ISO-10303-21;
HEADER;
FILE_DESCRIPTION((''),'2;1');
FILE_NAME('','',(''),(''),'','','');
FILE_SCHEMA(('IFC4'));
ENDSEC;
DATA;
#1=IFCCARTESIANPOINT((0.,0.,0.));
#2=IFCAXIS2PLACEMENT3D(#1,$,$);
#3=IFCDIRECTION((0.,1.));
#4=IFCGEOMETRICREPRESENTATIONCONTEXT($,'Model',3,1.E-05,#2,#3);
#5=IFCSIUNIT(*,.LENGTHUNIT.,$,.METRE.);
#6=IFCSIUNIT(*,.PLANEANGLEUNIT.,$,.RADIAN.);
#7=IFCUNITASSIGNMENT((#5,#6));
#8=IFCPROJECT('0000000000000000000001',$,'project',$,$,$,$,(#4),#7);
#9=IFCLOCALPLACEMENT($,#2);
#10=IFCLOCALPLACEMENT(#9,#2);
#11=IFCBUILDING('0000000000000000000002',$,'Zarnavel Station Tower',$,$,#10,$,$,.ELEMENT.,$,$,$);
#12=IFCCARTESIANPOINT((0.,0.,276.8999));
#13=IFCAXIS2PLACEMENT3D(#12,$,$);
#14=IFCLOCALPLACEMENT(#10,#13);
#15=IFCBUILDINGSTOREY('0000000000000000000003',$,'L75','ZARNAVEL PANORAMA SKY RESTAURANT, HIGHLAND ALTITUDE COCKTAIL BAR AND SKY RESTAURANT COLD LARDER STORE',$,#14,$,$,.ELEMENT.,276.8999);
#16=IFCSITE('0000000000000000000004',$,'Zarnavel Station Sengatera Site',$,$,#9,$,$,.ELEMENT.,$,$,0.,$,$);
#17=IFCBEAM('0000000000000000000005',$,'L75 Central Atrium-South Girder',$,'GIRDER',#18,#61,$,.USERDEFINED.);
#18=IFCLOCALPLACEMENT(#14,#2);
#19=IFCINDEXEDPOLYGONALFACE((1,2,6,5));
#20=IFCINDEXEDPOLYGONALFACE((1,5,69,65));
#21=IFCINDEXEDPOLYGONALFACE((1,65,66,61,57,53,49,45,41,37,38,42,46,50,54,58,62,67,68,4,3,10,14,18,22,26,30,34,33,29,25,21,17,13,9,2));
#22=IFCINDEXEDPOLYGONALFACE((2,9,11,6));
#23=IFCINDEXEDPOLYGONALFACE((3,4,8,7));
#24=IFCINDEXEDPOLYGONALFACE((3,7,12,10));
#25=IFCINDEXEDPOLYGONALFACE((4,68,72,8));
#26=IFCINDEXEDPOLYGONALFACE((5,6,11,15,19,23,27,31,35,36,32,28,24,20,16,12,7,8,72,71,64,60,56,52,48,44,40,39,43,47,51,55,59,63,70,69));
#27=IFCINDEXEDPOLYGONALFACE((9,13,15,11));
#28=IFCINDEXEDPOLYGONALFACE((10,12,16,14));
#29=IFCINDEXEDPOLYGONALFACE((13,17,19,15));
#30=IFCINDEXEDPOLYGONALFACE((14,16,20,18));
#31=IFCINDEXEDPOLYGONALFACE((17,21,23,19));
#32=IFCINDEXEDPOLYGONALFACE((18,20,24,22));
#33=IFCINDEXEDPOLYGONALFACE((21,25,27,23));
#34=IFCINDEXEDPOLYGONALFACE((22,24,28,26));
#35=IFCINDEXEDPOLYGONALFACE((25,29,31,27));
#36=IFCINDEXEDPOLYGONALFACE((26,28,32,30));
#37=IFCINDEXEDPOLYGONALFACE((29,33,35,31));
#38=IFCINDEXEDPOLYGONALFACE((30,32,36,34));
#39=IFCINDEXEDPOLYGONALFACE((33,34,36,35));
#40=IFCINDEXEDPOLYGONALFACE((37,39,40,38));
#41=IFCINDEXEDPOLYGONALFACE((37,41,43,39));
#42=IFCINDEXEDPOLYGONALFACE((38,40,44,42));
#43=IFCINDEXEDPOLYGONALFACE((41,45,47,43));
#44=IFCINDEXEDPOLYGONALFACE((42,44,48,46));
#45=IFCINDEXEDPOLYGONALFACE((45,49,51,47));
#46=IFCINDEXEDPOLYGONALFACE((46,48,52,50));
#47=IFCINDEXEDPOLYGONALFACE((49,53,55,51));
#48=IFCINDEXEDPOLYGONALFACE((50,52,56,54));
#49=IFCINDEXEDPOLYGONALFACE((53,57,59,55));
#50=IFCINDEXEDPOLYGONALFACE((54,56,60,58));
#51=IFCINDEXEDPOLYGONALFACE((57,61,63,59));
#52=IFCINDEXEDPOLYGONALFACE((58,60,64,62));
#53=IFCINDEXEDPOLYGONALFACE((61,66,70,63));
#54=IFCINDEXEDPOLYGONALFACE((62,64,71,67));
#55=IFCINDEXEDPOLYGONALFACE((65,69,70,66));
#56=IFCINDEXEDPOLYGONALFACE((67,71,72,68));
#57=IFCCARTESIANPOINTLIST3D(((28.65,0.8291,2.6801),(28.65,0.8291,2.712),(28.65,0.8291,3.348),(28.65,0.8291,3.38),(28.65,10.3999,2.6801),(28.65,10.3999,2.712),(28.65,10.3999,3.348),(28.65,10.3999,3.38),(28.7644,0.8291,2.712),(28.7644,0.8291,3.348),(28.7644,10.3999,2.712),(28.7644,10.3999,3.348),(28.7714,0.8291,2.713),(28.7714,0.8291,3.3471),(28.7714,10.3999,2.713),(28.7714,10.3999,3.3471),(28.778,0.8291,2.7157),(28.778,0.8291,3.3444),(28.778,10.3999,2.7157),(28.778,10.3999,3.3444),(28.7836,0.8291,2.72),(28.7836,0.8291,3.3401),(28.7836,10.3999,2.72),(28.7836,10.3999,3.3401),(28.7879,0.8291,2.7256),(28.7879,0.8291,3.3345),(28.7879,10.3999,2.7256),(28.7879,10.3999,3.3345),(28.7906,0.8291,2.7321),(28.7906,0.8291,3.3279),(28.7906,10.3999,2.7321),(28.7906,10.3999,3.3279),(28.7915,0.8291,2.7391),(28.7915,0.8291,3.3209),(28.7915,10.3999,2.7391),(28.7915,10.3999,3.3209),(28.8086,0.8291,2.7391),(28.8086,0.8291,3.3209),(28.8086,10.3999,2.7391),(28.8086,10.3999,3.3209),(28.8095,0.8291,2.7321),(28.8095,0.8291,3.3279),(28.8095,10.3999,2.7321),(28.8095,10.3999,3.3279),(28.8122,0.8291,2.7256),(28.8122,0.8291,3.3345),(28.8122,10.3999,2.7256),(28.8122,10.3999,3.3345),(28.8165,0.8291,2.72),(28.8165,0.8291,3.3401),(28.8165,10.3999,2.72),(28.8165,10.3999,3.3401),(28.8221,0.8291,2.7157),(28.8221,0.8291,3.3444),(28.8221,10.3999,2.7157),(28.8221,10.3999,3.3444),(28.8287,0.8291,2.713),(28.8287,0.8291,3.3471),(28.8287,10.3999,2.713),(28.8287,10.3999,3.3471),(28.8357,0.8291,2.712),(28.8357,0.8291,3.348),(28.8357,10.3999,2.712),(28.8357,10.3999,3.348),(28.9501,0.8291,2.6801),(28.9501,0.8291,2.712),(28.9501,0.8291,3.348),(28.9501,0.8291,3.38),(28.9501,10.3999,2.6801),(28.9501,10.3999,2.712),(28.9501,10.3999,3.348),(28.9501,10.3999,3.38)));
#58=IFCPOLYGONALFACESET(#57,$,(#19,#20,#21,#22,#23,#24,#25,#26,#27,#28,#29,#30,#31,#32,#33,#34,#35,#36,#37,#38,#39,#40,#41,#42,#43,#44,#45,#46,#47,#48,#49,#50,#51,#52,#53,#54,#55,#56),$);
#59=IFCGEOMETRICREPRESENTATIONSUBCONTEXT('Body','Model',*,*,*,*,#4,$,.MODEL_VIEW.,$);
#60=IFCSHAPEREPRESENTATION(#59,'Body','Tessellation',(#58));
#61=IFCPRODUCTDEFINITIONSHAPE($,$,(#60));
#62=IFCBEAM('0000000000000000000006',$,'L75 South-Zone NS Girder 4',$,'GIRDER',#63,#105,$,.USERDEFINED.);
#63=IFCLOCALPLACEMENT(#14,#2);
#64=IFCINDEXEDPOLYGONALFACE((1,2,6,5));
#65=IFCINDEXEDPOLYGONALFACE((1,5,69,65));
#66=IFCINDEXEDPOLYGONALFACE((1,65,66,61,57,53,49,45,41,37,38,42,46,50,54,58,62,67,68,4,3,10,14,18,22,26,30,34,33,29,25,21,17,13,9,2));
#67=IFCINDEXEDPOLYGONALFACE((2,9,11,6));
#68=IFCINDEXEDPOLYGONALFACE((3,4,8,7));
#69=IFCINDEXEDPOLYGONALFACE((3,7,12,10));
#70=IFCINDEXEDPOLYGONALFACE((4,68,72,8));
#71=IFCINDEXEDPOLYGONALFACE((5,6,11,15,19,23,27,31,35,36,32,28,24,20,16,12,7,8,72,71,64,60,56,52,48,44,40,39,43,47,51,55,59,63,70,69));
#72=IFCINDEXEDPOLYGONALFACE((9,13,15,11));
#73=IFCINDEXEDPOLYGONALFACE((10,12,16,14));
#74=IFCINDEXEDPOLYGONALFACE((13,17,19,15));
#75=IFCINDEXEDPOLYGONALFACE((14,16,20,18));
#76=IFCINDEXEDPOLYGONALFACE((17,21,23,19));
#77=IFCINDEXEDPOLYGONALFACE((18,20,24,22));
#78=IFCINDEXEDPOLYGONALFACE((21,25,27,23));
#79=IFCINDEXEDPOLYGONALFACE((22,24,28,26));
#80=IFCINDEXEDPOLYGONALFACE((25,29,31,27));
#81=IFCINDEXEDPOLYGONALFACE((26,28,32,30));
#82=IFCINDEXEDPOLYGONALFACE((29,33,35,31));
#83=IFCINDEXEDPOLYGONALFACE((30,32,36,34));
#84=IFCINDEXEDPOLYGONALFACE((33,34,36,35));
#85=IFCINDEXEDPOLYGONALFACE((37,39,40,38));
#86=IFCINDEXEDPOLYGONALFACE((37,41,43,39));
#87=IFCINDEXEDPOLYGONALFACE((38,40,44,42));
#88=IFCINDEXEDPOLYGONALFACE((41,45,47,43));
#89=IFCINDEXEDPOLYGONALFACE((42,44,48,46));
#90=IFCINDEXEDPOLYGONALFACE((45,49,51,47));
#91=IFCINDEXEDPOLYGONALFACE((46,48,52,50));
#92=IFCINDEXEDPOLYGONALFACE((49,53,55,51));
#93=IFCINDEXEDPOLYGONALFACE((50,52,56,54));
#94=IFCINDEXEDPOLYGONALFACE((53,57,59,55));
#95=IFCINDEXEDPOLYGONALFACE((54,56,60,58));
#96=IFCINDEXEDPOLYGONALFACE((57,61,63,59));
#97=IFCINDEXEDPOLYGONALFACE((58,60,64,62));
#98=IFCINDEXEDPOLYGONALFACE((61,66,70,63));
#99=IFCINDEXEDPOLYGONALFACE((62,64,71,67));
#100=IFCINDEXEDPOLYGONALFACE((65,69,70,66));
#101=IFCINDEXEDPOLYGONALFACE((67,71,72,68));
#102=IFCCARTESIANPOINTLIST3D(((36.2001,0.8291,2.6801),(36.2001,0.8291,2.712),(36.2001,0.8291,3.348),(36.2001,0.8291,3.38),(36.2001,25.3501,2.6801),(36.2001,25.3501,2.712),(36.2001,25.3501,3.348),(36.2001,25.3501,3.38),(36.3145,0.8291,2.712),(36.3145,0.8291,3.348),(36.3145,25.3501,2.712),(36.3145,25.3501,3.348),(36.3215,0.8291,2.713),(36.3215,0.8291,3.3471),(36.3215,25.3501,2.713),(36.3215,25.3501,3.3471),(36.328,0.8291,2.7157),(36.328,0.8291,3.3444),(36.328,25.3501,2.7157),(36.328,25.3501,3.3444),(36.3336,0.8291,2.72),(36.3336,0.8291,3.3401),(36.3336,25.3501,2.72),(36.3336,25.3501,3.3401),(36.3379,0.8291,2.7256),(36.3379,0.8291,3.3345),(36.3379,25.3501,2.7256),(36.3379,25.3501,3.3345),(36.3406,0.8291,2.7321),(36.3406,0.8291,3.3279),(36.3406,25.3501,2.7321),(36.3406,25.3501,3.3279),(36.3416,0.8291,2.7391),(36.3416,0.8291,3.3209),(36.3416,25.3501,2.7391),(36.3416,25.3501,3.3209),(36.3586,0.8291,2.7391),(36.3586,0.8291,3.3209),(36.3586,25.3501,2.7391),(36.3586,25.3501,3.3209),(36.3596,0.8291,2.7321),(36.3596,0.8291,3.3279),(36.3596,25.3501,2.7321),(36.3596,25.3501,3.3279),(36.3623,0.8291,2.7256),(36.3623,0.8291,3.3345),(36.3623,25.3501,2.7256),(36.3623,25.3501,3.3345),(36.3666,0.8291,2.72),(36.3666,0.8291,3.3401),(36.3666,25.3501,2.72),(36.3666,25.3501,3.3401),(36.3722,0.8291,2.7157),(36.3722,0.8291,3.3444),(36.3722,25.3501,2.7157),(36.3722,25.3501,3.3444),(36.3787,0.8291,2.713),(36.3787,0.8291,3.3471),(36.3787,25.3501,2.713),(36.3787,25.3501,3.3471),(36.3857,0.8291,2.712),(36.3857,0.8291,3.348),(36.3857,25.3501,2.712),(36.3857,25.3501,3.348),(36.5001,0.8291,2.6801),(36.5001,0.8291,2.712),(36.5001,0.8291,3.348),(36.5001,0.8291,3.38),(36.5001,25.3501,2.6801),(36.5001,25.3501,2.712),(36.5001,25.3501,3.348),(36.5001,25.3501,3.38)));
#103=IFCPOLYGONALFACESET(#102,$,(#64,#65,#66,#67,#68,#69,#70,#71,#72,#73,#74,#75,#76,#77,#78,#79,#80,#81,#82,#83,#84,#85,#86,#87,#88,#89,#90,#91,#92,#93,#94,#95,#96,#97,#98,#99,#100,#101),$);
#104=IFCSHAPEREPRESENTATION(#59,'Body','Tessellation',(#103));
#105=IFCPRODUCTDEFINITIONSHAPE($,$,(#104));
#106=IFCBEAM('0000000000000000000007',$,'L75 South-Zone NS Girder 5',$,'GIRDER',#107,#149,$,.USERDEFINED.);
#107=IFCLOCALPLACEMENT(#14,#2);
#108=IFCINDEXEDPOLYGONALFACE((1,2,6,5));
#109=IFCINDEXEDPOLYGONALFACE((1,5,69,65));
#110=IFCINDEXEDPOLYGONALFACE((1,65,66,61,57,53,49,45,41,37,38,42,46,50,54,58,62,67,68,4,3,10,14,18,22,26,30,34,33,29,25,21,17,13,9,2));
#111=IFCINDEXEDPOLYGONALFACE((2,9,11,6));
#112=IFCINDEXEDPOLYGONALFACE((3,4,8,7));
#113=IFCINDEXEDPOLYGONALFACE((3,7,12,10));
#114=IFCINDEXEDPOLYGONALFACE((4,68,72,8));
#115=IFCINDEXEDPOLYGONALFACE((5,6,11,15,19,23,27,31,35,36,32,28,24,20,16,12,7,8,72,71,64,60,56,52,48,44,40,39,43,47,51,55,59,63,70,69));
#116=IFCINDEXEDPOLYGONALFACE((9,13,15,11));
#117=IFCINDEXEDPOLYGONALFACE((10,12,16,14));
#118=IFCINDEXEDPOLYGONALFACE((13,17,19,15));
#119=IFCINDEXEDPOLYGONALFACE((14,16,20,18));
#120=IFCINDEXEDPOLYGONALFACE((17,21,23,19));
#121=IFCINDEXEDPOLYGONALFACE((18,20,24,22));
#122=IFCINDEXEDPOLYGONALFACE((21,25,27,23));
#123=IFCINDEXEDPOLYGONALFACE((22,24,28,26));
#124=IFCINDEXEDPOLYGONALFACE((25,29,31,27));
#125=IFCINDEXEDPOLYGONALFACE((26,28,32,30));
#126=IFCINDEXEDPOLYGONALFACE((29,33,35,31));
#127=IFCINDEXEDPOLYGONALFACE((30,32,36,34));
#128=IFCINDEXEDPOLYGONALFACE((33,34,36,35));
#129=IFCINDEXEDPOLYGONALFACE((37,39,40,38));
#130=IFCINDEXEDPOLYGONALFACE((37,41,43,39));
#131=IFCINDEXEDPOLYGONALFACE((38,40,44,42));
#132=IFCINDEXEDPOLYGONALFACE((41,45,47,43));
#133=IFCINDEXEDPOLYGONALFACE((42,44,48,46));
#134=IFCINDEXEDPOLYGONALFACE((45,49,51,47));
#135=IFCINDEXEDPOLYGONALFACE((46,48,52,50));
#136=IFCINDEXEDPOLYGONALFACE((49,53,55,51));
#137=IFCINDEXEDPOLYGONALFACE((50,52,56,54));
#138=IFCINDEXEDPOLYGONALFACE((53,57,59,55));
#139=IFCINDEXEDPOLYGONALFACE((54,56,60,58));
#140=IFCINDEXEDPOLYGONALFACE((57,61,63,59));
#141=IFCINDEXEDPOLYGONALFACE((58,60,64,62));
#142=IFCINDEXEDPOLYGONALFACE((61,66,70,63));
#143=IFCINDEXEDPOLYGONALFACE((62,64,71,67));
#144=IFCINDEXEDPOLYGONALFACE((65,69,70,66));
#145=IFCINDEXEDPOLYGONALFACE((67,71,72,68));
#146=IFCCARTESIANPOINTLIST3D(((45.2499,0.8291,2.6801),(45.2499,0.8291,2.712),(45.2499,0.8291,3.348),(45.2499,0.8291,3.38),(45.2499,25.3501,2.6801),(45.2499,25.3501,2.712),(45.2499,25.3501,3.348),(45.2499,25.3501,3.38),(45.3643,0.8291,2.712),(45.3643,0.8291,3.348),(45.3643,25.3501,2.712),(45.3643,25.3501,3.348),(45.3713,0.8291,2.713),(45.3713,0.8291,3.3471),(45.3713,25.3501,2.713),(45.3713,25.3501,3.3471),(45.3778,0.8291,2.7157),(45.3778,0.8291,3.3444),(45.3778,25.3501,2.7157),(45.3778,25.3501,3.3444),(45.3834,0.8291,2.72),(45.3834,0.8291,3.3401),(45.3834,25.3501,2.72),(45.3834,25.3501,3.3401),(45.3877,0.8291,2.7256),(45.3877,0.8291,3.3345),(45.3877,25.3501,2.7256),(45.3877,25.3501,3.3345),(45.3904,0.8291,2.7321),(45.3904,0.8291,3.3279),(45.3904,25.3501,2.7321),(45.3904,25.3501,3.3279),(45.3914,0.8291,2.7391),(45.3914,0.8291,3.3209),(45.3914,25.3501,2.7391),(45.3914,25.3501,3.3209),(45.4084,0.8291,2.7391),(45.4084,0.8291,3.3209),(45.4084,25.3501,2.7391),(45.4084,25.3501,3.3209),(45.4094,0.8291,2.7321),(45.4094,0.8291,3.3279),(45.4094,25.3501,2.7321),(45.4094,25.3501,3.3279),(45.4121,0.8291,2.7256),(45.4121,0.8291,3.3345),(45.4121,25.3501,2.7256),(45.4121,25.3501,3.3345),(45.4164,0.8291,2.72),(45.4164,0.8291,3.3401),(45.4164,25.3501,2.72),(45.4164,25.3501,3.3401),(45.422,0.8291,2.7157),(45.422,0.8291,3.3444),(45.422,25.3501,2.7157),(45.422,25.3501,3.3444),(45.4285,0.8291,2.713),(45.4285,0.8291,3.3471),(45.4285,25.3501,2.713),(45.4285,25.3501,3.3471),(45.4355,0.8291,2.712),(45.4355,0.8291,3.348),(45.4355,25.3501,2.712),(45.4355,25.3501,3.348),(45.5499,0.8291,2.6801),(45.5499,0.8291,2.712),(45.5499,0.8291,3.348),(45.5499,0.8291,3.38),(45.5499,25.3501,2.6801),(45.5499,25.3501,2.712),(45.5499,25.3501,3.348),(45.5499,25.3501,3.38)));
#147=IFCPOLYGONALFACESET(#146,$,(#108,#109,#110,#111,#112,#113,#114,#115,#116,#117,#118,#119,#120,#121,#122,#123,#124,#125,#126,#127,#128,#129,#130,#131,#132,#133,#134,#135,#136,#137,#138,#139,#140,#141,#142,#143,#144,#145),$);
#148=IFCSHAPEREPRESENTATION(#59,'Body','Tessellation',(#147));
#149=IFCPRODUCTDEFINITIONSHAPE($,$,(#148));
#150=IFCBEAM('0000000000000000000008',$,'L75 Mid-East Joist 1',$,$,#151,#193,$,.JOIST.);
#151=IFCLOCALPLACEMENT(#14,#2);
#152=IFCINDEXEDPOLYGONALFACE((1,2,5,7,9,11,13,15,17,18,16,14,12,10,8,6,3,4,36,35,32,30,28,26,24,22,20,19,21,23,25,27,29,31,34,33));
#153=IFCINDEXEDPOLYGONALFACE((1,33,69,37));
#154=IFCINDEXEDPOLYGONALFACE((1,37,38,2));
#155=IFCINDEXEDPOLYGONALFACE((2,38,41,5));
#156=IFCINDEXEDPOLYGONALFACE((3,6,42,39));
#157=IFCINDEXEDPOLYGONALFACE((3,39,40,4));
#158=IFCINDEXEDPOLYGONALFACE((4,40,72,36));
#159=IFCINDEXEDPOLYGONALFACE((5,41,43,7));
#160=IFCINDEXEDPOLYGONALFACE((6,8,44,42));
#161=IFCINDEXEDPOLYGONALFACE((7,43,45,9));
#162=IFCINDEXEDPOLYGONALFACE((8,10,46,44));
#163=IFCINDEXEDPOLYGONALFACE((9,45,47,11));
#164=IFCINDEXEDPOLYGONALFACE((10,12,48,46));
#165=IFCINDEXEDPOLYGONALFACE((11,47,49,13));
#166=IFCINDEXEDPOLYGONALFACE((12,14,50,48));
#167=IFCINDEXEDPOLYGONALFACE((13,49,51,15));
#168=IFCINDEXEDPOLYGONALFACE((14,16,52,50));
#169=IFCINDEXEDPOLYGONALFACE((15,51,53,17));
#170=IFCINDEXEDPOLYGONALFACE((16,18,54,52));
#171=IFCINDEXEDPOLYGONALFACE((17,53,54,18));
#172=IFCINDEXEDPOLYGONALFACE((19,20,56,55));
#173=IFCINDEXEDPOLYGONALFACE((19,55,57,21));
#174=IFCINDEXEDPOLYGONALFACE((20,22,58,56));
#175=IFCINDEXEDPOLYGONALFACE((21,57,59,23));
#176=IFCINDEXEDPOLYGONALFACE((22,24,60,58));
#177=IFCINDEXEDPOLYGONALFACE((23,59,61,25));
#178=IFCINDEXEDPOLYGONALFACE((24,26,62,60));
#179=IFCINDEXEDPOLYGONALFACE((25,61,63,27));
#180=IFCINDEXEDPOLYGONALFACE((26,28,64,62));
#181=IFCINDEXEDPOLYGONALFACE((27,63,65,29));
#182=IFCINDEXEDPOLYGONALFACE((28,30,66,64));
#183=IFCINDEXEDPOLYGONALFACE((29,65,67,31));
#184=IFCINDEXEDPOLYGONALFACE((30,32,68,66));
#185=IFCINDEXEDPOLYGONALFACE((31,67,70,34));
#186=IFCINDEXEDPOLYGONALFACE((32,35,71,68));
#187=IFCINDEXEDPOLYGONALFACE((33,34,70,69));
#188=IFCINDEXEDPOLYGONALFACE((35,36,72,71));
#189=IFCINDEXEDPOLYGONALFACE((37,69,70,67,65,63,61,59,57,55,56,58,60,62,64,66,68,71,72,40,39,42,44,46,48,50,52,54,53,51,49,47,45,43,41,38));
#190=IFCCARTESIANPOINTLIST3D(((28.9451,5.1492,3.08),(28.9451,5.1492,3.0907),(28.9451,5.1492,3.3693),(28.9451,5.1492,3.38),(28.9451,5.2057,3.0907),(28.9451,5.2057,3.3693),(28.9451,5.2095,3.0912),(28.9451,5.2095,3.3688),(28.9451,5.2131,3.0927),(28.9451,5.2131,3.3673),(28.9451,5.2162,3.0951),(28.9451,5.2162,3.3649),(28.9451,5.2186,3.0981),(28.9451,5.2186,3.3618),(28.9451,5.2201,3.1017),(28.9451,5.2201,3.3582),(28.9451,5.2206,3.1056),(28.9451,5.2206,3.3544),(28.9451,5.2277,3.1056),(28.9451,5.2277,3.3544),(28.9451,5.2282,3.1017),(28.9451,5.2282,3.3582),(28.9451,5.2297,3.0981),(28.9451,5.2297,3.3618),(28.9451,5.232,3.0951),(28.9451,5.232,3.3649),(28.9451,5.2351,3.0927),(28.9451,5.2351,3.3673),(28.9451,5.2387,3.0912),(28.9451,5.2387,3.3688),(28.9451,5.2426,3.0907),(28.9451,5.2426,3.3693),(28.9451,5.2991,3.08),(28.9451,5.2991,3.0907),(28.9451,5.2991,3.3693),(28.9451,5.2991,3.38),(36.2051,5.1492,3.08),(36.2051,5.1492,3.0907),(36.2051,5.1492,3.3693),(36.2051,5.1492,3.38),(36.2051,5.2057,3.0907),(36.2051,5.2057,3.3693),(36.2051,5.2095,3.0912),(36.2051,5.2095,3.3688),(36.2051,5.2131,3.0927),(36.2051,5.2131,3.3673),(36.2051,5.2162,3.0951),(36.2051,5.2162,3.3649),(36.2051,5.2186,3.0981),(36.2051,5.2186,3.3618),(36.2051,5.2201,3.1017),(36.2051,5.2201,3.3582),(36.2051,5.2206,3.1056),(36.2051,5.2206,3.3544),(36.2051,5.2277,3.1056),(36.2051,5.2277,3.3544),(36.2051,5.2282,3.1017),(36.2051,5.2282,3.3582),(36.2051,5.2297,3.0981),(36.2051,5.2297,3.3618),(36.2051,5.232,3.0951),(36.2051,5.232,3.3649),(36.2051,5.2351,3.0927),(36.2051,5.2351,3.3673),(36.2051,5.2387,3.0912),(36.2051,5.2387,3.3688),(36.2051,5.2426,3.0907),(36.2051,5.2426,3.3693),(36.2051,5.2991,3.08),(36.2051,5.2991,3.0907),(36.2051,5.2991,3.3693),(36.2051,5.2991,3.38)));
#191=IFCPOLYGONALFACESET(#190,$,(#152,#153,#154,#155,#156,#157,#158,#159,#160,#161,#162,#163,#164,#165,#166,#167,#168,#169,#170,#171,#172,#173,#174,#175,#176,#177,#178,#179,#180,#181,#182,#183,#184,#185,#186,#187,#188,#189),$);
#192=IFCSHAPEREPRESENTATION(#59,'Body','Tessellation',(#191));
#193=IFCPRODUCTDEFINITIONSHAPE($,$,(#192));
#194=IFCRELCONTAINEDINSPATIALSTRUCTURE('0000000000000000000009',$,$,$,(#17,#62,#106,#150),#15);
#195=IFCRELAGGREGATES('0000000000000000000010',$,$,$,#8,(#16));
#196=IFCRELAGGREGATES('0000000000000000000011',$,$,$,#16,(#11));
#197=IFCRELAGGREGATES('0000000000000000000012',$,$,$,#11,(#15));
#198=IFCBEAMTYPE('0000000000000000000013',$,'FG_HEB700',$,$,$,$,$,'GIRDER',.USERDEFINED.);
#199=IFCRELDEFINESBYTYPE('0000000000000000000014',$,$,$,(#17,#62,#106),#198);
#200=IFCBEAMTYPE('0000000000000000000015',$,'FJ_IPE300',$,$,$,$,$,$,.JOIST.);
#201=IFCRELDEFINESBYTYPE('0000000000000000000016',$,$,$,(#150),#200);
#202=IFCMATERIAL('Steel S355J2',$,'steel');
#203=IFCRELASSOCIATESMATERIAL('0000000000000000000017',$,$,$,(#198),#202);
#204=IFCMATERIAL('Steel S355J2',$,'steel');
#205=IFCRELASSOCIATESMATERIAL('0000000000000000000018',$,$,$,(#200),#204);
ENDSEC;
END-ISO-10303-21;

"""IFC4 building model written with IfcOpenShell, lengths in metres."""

from ifc_helpers import new_model, si_unit, direction, frame, origin, origin_2d, place, context, subcontext, project, spatial, i_section, extrude, material, material_profile, profile_set, type_object, element, save


model = new_model("IFC4")

# Units and contexts
model_context = context("Model", 3, precision=1e-05, world=origin(), true_north=direction((0.0, 1.0)))
body_context = subcontext(model_context, "Body", "Model", "MODEL_VIEW")
ifc_project = project(units=[si_unit("LENGTHUNIT", "METRE"), si_unit("PLANEANGLEUNIT", "RADIAN")], contexts=[model_context])

# Site, building, storey
site_placement = place(None, origin())
site = spatial("IfcSite", under=ifc_project, at=site_placement, Name="Zarnavel Station Sengatera Site", CompositionType="ELEMENT", RefElevation=0.0)
building_placement = place(site_placement, origin())
building = spatial("IfcBuilding", under=site, at=building_placement, Name="Zarnavel Station Tower", CompositionType="ELEMENT")
storey_placement = place(building_placement, frame((0.0, 0.0, 276.8999)))
storey = spatial("IfcBuildingStorey", under=building, at=storey_placement, Name="L75", Description="ZARNAVEL PANORAMA SKY RESTAURANT, HIGHLAND ALTITUDE COCKTAIL BAR AND SKY RESTAURANT COLD LARDER STORE", CompositionType="ELEMENT", Elevation=276.8999)

# Beams
ifc_material_1 = material(Name="Steel S355J2", Category="steel")
ifc_material_profile_1 = material_profile(ifc_material_1, i_section(OverallWidth=0.3, OverallDepth=0.7, WebThickness=0.0171, FlangeThickness=0.032, FilletRadius=0.0271, at=origin_2d()), Name="HEB700")
ifc_profile_set_1 = profile_set([ifc_material_profile_1], Name="Steel S355J2")
beam_type_1 = type_object("IfcBeamType", Name="FG_HEB700", ElementType="GIRDER", PredefinedType="USERDEFINED", material=ifc_profile_set_1)
beam_1_placement = place(storey_placement, frame((28.8, 0.8291, 3.03), z_axis=(0.0, 1.0, 0.0), x_axis=(-1.0, 0.0, 0.0)))
element("IfcBeam", 1, at=beam_1_placement, inside=storey, type_object=beam_type_1, Name="L75 Central Atrium-South Girder", ObjectType="GIRDER", PredefinedType="USERDEFINED", context=body_context, shape_type="SweptSolid", body=[
    extrude(i_section(OverallWidth=0.3, OverallDepth=0.7, WebThickness=0.0171, FlangeThickness=0.032, FilletRadius=0.0271, at=origin_2d()), origin(), (0.0, 0.0, 1.0), 9.5708),
])
for number, where, z_axis, x_axis, name in (
    (2, (36.3501, 0.8291, 3.03), (0.0, 1.0, 0.0), (-1.0, 0.0, 0.0), "L75 South-Zone NS Girder 4"),
    (3, (45.3999, 0.8291, 3.03), (0.0, 1.0, 0.0), (-1.0, 0.0, 0.0), "L75 South-Zone NS Girder 5"),
):
    element("IfcBeam", number, at=place(storey_placement, frame(where, z_axis=z_axis, x_axis=x_axis)), inside=storey, type_object=beam_type_1, Name=name, ObjectType="GIRDER", PredefinedType="USERDEFINED", context=body_context, shape_type="SweptSolid", body=[
        extrude(i_section(OverallWidth=0.3, OverallDepth=0.7, WebThickness=0.0171, FlangeThickness=0.032, FilletRadius=0.0271, at=origin_2d()), origin(), (0.0, 0.0, 1.0), 24.521),
    ])
ifc_material_2 = material(Name="Steel S355J2", Category="steel")
ifc_material_profile_2 = material_profile(ifc_material_2, i_section(OverallWidth=0.1499, OverallDepth=0.3, WebThickness=0.0071, FlangeThickness=0.0107, FilletRadius=0.0149, at=origin_2d()), Name="IPE300")
ifc_profile_set_2 = profile_set([ifc_material_profile_2], Name="Steel S355J2")
beam_type_2 = type_object("IfcBeamType", Name="FJ_IPE300", PredefinedType="JOIST", material=ifc_profile_set_2)
for number, where, z_axis, x_axis, name in (
    (4, (28.9451, 5.2241, 3.23), (1.0, 0.0, 0.0), (0.0, 1.0, 0.0), "L75 Mid-East Joist 1"),
):
    element("IfcBeam", number, at=place(storey_placement, frame(where, z_axis=z_axis, x_axis=x_axis)), inside=storey, type_object=beam_type_2, Name=name, PredefinedType="JOIST", context=body_context, shape_type="SweptSolid", body=[
        extrude(i_section(OverallWidth=0.1499, OverallDepth=0.3, WebThickness=0.0071, FlangeThickness=0.0107, FilletRadius=0.0149, at=origin_2d()), origin(), (0.0, 0.0, 1.0), 7.26),
    ])

save(model, "model.ifc")
